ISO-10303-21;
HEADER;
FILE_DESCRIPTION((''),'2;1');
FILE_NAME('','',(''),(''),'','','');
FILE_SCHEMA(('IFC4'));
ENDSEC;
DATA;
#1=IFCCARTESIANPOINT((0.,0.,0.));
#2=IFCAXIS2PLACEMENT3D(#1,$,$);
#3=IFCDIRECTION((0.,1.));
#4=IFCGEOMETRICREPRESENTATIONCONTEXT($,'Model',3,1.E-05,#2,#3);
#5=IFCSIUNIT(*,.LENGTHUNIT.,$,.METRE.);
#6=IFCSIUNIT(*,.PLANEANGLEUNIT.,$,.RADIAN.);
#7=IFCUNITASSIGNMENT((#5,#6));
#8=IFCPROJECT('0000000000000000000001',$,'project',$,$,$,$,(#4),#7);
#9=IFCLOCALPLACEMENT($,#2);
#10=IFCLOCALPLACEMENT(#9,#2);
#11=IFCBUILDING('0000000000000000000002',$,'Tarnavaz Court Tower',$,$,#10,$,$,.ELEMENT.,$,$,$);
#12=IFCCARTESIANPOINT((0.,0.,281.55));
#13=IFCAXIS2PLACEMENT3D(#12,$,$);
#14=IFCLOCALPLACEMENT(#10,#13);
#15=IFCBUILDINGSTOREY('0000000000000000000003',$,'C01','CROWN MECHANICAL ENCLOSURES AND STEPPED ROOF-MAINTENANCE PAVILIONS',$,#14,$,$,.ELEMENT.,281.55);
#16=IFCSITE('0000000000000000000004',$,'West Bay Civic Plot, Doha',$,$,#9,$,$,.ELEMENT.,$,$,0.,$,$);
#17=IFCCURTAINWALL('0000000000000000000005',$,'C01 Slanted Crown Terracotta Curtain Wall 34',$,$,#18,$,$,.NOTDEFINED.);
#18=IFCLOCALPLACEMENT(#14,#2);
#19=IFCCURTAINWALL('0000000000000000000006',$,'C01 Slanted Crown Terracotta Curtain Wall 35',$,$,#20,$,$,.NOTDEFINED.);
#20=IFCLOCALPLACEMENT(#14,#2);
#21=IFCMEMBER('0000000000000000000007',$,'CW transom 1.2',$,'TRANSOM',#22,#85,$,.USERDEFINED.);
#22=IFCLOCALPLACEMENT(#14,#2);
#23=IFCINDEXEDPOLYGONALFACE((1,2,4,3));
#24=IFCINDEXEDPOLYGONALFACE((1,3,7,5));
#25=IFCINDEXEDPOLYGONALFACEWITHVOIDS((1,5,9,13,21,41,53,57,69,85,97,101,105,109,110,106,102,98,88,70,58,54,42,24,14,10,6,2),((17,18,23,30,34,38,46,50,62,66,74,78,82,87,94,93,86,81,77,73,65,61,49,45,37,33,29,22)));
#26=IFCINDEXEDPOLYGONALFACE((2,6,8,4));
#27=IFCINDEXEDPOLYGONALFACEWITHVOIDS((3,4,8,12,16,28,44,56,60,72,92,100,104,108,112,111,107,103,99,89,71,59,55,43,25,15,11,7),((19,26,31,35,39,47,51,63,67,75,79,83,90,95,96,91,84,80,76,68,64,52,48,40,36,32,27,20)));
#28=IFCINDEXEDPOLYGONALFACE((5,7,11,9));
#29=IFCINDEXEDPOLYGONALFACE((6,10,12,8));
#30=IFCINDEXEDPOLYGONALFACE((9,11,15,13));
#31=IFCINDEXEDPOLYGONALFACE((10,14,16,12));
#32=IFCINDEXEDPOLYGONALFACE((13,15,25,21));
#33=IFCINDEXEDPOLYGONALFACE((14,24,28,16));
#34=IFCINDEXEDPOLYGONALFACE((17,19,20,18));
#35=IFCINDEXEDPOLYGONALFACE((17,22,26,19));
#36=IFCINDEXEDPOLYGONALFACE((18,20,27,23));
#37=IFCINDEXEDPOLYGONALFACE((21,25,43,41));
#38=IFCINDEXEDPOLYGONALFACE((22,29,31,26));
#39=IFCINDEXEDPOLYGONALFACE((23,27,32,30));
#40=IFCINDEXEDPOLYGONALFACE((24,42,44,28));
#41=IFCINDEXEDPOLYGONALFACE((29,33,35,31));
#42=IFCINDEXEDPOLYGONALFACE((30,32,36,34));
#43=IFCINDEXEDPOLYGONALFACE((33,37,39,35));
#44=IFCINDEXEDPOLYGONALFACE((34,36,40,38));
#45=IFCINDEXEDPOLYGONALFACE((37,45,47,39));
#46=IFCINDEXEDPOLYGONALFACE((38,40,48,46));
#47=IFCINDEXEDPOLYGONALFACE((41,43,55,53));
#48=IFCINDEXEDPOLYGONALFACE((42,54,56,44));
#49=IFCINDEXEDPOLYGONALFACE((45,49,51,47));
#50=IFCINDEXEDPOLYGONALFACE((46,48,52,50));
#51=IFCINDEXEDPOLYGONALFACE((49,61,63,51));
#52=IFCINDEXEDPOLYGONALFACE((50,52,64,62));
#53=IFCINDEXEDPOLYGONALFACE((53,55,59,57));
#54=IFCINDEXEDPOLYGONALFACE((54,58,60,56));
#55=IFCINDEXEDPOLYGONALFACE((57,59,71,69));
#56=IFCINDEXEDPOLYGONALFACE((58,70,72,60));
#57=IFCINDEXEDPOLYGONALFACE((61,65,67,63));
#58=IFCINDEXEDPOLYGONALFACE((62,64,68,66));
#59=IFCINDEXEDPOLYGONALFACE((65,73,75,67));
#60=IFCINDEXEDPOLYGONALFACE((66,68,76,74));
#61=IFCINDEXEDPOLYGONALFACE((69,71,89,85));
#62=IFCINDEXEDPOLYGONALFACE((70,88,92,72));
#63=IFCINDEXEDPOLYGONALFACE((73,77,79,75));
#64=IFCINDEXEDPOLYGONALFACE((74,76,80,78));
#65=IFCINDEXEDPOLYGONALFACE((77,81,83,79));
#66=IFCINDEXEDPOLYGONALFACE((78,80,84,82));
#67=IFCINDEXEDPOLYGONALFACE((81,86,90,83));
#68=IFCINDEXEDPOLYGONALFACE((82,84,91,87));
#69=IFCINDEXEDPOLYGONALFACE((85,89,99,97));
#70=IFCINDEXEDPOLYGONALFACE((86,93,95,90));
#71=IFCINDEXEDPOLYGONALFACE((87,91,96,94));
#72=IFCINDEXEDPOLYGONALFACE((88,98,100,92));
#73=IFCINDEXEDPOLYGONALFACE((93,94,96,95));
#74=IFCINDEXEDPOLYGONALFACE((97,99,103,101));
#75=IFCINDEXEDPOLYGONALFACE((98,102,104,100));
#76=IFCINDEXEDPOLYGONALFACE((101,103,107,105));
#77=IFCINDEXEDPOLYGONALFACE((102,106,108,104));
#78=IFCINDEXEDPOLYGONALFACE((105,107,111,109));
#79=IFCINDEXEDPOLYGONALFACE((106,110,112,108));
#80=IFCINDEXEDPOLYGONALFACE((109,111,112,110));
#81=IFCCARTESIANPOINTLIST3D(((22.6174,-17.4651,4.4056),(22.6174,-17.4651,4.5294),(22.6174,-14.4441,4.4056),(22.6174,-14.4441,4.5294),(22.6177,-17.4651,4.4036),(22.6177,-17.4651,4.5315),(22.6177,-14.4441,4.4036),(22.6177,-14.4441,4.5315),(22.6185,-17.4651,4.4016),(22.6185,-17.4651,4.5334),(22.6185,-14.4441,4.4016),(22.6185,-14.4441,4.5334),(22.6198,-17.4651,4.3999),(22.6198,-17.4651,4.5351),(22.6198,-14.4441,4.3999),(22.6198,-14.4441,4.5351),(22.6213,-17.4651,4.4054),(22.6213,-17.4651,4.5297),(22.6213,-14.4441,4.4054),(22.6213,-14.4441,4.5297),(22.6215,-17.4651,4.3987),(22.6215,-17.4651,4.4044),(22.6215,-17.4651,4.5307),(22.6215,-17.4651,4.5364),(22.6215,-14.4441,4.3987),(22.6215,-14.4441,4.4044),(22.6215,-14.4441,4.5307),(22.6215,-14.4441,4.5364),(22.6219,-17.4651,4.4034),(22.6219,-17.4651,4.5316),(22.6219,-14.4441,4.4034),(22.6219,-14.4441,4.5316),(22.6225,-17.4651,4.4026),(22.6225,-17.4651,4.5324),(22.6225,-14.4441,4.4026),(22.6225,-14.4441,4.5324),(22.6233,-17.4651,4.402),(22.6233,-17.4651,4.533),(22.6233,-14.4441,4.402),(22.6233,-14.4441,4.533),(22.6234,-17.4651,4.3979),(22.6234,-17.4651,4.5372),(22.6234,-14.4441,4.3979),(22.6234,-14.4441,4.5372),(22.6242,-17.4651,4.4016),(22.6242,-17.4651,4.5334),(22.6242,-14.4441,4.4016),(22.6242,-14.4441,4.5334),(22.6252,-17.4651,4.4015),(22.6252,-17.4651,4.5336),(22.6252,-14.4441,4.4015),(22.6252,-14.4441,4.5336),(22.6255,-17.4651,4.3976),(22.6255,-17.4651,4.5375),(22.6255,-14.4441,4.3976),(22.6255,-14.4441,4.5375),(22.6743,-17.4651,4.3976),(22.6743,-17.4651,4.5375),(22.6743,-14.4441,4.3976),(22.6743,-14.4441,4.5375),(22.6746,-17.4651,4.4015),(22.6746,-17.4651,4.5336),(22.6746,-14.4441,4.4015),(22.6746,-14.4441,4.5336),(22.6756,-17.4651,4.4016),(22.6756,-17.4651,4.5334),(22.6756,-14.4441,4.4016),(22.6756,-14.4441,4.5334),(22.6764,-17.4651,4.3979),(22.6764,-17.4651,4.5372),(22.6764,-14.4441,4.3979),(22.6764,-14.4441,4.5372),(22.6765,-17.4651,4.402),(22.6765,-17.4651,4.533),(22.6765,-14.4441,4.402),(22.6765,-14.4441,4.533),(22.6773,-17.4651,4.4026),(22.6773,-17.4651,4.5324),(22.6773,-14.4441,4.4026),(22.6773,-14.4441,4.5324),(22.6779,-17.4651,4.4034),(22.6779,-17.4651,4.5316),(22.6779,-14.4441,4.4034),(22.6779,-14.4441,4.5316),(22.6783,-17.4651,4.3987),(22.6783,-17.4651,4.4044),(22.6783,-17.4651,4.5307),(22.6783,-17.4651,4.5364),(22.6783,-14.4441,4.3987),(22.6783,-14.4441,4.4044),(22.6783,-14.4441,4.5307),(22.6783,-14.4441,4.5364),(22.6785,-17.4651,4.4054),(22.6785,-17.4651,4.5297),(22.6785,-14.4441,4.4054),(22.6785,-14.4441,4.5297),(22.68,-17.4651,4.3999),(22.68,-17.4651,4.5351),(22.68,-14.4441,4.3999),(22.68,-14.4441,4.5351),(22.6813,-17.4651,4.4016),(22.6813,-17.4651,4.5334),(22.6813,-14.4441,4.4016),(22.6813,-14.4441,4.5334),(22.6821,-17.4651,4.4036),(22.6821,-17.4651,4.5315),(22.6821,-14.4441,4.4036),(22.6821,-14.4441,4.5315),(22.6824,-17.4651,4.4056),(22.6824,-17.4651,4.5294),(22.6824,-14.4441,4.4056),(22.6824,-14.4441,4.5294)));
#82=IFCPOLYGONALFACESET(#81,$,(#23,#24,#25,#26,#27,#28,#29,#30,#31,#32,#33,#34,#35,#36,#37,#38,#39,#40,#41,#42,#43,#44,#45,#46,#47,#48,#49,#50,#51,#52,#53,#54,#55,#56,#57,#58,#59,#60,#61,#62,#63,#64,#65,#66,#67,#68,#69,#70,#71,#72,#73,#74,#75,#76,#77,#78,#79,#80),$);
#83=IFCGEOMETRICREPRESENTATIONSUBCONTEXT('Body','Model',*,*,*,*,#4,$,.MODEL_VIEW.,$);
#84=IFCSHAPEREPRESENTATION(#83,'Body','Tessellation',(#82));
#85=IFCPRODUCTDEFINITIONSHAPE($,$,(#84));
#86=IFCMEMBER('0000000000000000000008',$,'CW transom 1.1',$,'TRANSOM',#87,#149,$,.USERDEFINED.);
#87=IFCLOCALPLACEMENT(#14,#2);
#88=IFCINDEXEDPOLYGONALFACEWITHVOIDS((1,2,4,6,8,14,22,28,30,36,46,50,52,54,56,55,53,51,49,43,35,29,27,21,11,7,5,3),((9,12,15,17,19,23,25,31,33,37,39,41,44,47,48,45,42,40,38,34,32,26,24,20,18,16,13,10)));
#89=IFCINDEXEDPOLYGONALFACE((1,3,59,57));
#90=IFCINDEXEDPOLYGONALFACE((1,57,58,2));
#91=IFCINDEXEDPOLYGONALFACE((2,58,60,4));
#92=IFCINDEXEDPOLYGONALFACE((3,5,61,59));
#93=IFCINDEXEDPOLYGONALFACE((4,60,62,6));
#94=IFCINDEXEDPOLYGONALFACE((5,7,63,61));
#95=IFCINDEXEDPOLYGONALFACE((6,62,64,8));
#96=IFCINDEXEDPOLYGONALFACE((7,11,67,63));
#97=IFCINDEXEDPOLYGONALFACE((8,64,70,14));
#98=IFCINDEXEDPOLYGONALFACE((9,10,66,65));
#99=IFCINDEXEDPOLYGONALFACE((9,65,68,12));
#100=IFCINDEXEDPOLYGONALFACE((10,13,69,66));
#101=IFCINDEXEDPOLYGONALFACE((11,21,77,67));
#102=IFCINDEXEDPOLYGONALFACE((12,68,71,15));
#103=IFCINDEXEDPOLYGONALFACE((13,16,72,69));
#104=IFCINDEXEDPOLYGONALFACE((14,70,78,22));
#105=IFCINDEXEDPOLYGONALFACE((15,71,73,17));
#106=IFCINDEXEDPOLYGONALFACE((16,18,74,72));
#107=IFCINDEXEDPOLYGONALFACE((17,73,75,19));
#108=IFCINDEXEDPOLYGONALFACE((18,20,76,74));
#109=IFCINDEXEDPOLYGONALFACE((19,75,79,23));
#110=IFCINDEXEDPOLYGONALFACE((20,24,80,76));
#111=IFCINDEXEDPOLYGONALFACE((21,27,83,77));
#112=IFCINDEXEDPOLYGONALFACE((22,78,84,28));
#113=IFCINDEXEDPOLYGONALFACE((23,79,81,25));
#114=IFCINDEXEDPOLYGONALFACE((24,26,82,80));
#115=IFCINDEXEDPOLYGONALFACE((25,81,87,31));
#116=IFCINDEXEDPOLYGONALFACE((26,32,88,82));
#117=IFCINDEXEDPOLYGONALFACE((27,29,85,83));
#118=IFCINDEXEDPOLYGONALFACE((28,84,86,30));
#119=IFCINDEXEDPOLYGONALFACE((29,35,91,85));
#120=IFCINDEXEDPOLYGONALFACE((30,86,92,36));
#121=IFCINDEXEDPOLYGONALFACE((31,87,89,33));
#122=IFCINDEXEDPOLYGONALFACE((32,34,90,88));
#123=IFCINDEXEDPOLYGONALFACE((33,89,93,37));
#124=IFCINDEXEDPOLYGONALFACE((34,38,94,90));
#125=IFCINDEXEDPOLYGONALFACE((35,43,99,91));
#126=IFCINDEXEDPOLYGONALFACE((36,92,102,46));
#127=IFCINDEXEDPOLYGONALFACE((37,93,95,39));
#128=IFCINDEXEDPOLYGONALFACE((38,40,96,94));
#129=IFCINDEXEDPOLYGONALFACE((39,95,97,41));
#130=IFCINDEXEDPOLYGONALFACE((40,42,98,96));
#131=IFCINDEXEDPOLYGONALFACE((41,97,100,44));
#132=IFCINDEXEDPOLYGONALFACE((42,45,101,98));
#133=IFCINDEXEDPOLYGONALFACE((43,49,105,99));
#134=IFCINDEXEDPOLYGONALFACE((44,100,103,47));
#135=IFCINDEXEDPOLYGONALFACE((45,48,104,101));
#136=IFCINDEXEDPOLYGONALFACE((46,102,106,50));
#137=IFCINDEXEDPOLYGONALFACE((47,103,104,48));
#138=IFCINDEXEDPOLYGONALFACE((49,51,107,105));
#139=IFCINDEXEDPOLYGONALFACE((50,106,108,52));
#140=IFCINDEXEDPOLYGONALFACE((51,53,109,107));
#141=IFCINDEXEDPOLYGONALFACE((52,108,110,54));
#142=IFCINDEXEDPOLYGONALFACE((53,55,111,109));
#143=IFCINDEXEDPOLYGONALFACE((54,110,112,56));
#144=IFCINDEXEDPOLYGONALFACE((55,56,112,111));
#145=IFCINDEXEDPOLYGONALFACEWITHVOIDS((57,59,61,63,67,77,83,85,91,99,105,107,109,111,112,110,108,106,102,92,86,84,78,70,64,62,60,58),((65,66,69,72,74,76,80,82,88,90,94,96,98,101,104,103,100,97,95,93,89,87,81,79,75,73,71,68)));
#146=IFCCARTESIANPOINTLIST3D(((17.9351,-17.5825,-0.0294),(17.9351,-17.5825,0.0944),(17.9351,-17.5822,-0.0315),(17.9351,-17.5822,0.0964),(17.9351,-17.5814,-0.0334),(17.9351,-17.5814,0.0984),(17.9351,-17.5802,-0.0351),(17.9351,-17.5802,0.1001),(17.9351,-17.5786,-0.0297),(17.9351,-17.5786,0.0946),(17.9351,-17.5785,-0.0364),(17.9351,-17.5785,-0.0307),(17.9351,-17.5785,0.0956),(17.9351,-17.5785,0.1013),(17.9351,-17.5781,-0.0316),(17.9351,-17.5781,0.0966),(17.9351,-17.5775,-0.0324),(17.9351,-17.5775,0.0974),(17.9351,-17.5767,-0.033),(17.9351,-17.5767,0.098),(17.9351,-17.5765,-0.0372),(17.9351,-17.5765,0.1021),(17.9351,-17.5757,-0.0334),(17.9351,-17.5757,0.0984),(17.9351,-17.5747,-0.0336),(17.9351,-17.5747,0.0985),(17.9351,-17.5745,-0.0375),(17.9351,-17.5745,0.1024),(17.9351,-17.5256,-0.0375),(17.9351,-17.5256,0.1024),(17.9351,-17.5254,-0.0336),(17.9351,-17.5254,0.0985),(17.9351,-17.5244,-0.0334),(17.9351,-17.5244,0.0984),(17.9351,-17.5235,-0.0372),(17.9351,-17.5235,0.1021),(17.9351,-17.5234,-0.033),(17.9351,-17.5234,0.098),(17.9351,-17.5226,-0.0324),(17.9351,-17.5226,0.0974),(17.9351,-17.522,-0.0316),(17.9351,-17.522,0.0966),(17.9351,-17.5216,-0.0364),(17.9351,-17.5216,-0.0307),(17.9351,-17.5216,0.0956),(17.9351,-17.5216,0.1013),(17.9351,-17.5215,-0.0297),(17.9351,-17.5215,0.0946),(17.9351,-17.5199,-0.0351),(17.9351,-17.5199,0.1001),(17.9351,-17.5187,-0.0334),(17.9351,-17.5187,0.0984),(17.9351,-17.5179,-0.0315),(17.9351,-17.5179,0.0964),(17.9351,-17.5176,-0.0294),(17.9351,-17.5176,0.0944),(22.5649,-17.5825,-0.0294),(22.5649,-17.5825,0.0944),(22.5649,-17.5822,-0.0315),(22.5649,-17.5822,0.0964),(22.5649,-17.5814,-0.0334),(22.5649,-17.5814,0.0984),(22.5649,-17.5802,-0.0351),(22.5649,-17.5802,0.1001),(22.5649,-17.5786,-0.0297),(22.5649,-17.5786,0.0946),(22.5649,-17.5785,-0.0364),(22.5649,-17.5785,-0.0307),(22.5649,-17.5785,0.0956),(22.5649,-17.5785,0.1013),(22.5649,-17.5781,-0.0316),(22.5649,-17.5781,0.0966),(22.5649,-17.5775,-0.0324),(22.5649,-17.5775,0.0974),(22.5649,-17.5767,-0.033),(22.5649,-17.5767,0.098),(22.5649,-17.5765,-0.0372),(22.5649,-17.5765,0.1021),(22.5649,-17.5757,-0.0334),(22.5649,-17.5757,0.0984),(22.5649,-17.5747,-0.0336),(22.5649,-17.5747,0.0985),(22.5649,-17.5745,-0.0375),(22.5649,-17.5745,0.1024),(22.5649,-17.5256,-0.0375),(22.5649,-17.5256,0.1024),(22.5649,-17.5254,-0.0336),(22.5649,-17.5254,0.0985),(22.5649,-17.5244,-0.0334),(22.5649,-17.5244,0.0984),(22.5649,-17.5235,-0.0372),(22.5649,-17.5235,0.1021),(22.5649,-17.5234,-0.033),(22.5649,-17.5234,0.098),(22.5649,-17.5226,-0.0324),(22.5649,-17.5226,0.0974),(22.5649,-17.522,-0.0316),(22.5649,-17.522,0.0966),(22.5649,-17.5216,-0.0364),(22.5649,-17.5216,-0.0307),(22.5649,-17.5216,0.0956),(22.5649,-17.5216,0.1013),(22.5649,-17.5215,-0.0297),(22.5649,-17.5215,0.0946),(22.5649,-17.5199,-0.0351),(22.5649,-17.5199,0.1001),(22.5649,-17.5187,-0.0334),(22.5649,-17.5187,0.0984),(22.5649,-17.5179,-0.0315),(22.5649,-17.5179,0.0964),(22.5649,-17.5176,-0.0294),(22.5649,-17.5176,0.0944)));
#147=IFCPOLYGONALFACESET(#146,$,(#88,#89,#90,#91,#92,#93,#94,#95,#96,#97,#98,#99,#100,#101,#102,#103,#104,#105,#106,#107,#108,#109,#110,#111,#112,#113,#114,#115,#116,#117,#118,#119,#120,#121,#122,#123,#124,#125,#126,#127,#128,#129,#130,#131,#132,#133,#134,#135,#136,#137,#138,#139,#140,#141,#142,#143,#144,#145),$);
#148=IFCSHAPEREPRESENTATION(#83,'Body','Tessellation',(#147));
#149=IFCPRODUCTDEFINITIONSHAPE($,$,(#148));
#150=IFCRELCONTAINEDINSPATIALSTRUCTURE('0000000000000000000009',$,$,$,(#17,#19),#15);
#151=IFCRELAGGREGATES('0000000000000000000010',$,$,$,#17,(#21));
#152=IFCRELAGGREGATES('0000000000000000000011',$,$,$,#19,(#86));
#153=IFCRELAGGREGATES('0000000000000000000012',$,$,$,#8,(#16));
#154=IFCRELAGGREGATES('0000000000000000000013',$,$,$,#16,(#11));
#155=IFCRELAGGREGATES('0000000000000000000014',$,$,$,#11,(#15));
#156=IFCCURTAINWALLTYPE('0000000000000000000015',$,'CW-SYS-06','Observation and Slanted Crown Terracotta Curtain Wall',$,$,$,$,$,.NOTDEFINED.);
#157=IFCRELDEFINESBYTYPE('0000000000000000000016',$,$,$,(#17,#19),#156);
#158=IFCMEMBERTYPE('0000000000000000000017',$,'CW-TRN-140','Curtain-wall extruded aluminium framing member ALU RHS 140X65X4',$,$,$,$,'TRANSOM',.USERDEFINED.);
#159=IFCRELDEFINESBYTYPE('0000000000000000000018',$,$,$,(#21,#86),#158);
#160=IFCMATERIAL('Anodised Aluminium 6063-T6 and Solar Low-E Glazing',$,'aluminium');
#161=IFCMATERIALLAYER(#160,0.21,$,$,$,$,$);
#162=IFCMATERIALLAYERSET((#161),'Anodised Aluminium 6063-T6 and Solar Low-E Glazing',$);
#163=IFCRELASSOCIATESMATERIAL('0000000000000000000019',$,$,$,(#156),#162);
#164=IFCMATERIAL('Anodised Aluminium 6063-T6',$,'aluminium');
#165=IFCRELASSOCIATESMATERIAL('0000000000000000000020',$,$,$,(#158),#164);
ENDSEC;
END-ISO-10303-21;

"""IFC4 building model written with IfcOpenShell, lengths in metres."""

from ifc_helpers import new_model, si_unit, direction, frame, origin, origin_2d, place, context, subcontext, project, spatial, hollow_rectangle, extrude, material, layer, layer_set, material_profile, profile_set, type_object, element, aggregate, save


model = new_model("IFC4")

# Units and contexts
model_context = context("Model", 3, precision=1e-05, world=origin(), true_north=direction((0.0, 1.0)))
body_context = subcontext(model_context, "Body", "Model", "MODEL_VIEW")
ifc_project = project(units=[si_unit("LENGTHUNIT", "METRE"), si_unit("PLANEANGLEUNIT", "RADIAN")], contexts=[model_context])

# Site, building, storey
site_placement = place(None, origin())
site = spatial("IfcSite", under=ifc_project, at=site_placement, Name="West Bay Civic Plot, Doha", CompositionType="ELEMENT", RefElevation=0.0)
building_placement = place(site_placement, origin())
building = spatial("IfcBuilding", under=site, at=building_placement, Name="Tarnavaz Court Tower", CompositionType="ELEMENT")
storey_placement = place(building_placement, frame((0.0, 0.0, 281.55)))
storey = spatial("IfcBuildingStorey", under=building, at=storey_placement, Name="C01", Description="CROWN MECHANICAL ENCLOSURES AND STEPPED ROOF-MAINTENANCE PAVILIONS", CompositionType="ELEMENT", Elevation=281.55)

# Shared definitions
ifc_material_1 = material(Name="Anodised Aluminium 6063-T6 and Solar Low-E Glazing", Category="aluminium")
ifc_layer_1 = layer(ifc_material_1, 0.21)
ifc_layer_set_1 = layer_set([ifc_layer_1], Name="Anodised Aluminium 6063-T6 and Solar Low-E Glazing")
curtain_wall_type = type_object("IfcCurtainWallType", Name="CW-SYS-06", Description="Observation and Slanted Crown Terracotta Curtain Wall", PredefinedType="NOTDEFINED", material=ifc_layer_set_1)
ifc_material_2 = material(Name="Anodised Aluminium 6063-T6", Category="aluminium")

# Curtain walls
curtain_wall_1_placement = place(storey_placement, origin())
curtain_wall_1 = element("IfcCurtainWall", 1, at=curtain_wall_1_placement, inside=storey, type_object=curtain_wall_type, Name="C01 Slanted Crown Terracotta Curtain Wall 34", PredefinedType="NOTDEFINED")
curtain_wall_2_placement = place(storey_placement, origin())
curtain_wall_2 = element("IfcCurtainWall", 2, at=curtain_wall_2_placement, inside=storey, type_object=curtain_wall_type, Name="C01 Slanted Crown Terracotta Curtain Wall 35", PredefinedType="NOTDEFINED")

# Members
ifc_material_profile_1 = material_profile(ifc_material_2, hollow_rectangle(XDim=0.0649, YDim=0.1399, WallThickness=0.0039, InnerFilletRadius=0.0039, OuterFilletRadius=0.0081, at=origin_2d()), Name="ALU RHS 140X65X4")
ifc_profile_set_1 = profile_set([ifc_material_profile_1], Name="Anodised Aluminium 6063-T6")
member_type_1 = type_object("IfcMemberType", Name="CW-TRN-140", Description="Curtain-wall extruded aluminium framing member ALU RHS 140X65X4", ElementType="TRANSOM", PredefinedType="USERDEFINED", material=ifc_profile_set_1)
member_1_placement = place(storey_placement, frame((22.6499, -14.4441, 4.4675), z_axis=(0.0, -1.0, 0.0), x_axis=(1.0, 0.0, 0.0)))
member_1 = element("IfcMember", 3, at=member_1_placement, type_object=member_type_1, Name="CW transom 1.2", ObjectType="TRANSOM", PredefinedType="USERDEFINED", context=body_context, shape_type="SweptSolid", body=[
    extrude(hollow_rectangle(XDim=0.0649, YDim=0.1399, WallThickness=0.0039, InnerFilletRadius=0.0039, OuterFilletRadius=0.0081, at=origin_2d()), origin(), (0.0, 0.0, 1.0), 3.021),
])
member_2_placement = place(storey_placement, frame((22.5649, -17.55, 0.0325), z_axis=(-1.0, 0.0, 0.0), x_axis=(0.0, -1.0, 0.0)))
member_2 = element("IfcMember", 4, at=member_2_placement, type_object=member_type_1, Name="CW transom 1.1", ObjectType="TRANSOM", PredefinedType="USERDEFINED", context=body_context, shape_type="SweptSolid", body=[
    extrude(hollow_rectangle(XDim=0.0649, YDim=0.1399, WallThickness=0.0039, InnerFilletRadius=0.0039, OuterFilletRadius=0.0081, at=origin_2d()), origin(), (0.0, 0.0, 1.0), 4.6299),
])

aggregate(curtain_wall_1, [member_1])
aggregate(curtain_wall_2, [member_2])

save(model, "model.ifc")
